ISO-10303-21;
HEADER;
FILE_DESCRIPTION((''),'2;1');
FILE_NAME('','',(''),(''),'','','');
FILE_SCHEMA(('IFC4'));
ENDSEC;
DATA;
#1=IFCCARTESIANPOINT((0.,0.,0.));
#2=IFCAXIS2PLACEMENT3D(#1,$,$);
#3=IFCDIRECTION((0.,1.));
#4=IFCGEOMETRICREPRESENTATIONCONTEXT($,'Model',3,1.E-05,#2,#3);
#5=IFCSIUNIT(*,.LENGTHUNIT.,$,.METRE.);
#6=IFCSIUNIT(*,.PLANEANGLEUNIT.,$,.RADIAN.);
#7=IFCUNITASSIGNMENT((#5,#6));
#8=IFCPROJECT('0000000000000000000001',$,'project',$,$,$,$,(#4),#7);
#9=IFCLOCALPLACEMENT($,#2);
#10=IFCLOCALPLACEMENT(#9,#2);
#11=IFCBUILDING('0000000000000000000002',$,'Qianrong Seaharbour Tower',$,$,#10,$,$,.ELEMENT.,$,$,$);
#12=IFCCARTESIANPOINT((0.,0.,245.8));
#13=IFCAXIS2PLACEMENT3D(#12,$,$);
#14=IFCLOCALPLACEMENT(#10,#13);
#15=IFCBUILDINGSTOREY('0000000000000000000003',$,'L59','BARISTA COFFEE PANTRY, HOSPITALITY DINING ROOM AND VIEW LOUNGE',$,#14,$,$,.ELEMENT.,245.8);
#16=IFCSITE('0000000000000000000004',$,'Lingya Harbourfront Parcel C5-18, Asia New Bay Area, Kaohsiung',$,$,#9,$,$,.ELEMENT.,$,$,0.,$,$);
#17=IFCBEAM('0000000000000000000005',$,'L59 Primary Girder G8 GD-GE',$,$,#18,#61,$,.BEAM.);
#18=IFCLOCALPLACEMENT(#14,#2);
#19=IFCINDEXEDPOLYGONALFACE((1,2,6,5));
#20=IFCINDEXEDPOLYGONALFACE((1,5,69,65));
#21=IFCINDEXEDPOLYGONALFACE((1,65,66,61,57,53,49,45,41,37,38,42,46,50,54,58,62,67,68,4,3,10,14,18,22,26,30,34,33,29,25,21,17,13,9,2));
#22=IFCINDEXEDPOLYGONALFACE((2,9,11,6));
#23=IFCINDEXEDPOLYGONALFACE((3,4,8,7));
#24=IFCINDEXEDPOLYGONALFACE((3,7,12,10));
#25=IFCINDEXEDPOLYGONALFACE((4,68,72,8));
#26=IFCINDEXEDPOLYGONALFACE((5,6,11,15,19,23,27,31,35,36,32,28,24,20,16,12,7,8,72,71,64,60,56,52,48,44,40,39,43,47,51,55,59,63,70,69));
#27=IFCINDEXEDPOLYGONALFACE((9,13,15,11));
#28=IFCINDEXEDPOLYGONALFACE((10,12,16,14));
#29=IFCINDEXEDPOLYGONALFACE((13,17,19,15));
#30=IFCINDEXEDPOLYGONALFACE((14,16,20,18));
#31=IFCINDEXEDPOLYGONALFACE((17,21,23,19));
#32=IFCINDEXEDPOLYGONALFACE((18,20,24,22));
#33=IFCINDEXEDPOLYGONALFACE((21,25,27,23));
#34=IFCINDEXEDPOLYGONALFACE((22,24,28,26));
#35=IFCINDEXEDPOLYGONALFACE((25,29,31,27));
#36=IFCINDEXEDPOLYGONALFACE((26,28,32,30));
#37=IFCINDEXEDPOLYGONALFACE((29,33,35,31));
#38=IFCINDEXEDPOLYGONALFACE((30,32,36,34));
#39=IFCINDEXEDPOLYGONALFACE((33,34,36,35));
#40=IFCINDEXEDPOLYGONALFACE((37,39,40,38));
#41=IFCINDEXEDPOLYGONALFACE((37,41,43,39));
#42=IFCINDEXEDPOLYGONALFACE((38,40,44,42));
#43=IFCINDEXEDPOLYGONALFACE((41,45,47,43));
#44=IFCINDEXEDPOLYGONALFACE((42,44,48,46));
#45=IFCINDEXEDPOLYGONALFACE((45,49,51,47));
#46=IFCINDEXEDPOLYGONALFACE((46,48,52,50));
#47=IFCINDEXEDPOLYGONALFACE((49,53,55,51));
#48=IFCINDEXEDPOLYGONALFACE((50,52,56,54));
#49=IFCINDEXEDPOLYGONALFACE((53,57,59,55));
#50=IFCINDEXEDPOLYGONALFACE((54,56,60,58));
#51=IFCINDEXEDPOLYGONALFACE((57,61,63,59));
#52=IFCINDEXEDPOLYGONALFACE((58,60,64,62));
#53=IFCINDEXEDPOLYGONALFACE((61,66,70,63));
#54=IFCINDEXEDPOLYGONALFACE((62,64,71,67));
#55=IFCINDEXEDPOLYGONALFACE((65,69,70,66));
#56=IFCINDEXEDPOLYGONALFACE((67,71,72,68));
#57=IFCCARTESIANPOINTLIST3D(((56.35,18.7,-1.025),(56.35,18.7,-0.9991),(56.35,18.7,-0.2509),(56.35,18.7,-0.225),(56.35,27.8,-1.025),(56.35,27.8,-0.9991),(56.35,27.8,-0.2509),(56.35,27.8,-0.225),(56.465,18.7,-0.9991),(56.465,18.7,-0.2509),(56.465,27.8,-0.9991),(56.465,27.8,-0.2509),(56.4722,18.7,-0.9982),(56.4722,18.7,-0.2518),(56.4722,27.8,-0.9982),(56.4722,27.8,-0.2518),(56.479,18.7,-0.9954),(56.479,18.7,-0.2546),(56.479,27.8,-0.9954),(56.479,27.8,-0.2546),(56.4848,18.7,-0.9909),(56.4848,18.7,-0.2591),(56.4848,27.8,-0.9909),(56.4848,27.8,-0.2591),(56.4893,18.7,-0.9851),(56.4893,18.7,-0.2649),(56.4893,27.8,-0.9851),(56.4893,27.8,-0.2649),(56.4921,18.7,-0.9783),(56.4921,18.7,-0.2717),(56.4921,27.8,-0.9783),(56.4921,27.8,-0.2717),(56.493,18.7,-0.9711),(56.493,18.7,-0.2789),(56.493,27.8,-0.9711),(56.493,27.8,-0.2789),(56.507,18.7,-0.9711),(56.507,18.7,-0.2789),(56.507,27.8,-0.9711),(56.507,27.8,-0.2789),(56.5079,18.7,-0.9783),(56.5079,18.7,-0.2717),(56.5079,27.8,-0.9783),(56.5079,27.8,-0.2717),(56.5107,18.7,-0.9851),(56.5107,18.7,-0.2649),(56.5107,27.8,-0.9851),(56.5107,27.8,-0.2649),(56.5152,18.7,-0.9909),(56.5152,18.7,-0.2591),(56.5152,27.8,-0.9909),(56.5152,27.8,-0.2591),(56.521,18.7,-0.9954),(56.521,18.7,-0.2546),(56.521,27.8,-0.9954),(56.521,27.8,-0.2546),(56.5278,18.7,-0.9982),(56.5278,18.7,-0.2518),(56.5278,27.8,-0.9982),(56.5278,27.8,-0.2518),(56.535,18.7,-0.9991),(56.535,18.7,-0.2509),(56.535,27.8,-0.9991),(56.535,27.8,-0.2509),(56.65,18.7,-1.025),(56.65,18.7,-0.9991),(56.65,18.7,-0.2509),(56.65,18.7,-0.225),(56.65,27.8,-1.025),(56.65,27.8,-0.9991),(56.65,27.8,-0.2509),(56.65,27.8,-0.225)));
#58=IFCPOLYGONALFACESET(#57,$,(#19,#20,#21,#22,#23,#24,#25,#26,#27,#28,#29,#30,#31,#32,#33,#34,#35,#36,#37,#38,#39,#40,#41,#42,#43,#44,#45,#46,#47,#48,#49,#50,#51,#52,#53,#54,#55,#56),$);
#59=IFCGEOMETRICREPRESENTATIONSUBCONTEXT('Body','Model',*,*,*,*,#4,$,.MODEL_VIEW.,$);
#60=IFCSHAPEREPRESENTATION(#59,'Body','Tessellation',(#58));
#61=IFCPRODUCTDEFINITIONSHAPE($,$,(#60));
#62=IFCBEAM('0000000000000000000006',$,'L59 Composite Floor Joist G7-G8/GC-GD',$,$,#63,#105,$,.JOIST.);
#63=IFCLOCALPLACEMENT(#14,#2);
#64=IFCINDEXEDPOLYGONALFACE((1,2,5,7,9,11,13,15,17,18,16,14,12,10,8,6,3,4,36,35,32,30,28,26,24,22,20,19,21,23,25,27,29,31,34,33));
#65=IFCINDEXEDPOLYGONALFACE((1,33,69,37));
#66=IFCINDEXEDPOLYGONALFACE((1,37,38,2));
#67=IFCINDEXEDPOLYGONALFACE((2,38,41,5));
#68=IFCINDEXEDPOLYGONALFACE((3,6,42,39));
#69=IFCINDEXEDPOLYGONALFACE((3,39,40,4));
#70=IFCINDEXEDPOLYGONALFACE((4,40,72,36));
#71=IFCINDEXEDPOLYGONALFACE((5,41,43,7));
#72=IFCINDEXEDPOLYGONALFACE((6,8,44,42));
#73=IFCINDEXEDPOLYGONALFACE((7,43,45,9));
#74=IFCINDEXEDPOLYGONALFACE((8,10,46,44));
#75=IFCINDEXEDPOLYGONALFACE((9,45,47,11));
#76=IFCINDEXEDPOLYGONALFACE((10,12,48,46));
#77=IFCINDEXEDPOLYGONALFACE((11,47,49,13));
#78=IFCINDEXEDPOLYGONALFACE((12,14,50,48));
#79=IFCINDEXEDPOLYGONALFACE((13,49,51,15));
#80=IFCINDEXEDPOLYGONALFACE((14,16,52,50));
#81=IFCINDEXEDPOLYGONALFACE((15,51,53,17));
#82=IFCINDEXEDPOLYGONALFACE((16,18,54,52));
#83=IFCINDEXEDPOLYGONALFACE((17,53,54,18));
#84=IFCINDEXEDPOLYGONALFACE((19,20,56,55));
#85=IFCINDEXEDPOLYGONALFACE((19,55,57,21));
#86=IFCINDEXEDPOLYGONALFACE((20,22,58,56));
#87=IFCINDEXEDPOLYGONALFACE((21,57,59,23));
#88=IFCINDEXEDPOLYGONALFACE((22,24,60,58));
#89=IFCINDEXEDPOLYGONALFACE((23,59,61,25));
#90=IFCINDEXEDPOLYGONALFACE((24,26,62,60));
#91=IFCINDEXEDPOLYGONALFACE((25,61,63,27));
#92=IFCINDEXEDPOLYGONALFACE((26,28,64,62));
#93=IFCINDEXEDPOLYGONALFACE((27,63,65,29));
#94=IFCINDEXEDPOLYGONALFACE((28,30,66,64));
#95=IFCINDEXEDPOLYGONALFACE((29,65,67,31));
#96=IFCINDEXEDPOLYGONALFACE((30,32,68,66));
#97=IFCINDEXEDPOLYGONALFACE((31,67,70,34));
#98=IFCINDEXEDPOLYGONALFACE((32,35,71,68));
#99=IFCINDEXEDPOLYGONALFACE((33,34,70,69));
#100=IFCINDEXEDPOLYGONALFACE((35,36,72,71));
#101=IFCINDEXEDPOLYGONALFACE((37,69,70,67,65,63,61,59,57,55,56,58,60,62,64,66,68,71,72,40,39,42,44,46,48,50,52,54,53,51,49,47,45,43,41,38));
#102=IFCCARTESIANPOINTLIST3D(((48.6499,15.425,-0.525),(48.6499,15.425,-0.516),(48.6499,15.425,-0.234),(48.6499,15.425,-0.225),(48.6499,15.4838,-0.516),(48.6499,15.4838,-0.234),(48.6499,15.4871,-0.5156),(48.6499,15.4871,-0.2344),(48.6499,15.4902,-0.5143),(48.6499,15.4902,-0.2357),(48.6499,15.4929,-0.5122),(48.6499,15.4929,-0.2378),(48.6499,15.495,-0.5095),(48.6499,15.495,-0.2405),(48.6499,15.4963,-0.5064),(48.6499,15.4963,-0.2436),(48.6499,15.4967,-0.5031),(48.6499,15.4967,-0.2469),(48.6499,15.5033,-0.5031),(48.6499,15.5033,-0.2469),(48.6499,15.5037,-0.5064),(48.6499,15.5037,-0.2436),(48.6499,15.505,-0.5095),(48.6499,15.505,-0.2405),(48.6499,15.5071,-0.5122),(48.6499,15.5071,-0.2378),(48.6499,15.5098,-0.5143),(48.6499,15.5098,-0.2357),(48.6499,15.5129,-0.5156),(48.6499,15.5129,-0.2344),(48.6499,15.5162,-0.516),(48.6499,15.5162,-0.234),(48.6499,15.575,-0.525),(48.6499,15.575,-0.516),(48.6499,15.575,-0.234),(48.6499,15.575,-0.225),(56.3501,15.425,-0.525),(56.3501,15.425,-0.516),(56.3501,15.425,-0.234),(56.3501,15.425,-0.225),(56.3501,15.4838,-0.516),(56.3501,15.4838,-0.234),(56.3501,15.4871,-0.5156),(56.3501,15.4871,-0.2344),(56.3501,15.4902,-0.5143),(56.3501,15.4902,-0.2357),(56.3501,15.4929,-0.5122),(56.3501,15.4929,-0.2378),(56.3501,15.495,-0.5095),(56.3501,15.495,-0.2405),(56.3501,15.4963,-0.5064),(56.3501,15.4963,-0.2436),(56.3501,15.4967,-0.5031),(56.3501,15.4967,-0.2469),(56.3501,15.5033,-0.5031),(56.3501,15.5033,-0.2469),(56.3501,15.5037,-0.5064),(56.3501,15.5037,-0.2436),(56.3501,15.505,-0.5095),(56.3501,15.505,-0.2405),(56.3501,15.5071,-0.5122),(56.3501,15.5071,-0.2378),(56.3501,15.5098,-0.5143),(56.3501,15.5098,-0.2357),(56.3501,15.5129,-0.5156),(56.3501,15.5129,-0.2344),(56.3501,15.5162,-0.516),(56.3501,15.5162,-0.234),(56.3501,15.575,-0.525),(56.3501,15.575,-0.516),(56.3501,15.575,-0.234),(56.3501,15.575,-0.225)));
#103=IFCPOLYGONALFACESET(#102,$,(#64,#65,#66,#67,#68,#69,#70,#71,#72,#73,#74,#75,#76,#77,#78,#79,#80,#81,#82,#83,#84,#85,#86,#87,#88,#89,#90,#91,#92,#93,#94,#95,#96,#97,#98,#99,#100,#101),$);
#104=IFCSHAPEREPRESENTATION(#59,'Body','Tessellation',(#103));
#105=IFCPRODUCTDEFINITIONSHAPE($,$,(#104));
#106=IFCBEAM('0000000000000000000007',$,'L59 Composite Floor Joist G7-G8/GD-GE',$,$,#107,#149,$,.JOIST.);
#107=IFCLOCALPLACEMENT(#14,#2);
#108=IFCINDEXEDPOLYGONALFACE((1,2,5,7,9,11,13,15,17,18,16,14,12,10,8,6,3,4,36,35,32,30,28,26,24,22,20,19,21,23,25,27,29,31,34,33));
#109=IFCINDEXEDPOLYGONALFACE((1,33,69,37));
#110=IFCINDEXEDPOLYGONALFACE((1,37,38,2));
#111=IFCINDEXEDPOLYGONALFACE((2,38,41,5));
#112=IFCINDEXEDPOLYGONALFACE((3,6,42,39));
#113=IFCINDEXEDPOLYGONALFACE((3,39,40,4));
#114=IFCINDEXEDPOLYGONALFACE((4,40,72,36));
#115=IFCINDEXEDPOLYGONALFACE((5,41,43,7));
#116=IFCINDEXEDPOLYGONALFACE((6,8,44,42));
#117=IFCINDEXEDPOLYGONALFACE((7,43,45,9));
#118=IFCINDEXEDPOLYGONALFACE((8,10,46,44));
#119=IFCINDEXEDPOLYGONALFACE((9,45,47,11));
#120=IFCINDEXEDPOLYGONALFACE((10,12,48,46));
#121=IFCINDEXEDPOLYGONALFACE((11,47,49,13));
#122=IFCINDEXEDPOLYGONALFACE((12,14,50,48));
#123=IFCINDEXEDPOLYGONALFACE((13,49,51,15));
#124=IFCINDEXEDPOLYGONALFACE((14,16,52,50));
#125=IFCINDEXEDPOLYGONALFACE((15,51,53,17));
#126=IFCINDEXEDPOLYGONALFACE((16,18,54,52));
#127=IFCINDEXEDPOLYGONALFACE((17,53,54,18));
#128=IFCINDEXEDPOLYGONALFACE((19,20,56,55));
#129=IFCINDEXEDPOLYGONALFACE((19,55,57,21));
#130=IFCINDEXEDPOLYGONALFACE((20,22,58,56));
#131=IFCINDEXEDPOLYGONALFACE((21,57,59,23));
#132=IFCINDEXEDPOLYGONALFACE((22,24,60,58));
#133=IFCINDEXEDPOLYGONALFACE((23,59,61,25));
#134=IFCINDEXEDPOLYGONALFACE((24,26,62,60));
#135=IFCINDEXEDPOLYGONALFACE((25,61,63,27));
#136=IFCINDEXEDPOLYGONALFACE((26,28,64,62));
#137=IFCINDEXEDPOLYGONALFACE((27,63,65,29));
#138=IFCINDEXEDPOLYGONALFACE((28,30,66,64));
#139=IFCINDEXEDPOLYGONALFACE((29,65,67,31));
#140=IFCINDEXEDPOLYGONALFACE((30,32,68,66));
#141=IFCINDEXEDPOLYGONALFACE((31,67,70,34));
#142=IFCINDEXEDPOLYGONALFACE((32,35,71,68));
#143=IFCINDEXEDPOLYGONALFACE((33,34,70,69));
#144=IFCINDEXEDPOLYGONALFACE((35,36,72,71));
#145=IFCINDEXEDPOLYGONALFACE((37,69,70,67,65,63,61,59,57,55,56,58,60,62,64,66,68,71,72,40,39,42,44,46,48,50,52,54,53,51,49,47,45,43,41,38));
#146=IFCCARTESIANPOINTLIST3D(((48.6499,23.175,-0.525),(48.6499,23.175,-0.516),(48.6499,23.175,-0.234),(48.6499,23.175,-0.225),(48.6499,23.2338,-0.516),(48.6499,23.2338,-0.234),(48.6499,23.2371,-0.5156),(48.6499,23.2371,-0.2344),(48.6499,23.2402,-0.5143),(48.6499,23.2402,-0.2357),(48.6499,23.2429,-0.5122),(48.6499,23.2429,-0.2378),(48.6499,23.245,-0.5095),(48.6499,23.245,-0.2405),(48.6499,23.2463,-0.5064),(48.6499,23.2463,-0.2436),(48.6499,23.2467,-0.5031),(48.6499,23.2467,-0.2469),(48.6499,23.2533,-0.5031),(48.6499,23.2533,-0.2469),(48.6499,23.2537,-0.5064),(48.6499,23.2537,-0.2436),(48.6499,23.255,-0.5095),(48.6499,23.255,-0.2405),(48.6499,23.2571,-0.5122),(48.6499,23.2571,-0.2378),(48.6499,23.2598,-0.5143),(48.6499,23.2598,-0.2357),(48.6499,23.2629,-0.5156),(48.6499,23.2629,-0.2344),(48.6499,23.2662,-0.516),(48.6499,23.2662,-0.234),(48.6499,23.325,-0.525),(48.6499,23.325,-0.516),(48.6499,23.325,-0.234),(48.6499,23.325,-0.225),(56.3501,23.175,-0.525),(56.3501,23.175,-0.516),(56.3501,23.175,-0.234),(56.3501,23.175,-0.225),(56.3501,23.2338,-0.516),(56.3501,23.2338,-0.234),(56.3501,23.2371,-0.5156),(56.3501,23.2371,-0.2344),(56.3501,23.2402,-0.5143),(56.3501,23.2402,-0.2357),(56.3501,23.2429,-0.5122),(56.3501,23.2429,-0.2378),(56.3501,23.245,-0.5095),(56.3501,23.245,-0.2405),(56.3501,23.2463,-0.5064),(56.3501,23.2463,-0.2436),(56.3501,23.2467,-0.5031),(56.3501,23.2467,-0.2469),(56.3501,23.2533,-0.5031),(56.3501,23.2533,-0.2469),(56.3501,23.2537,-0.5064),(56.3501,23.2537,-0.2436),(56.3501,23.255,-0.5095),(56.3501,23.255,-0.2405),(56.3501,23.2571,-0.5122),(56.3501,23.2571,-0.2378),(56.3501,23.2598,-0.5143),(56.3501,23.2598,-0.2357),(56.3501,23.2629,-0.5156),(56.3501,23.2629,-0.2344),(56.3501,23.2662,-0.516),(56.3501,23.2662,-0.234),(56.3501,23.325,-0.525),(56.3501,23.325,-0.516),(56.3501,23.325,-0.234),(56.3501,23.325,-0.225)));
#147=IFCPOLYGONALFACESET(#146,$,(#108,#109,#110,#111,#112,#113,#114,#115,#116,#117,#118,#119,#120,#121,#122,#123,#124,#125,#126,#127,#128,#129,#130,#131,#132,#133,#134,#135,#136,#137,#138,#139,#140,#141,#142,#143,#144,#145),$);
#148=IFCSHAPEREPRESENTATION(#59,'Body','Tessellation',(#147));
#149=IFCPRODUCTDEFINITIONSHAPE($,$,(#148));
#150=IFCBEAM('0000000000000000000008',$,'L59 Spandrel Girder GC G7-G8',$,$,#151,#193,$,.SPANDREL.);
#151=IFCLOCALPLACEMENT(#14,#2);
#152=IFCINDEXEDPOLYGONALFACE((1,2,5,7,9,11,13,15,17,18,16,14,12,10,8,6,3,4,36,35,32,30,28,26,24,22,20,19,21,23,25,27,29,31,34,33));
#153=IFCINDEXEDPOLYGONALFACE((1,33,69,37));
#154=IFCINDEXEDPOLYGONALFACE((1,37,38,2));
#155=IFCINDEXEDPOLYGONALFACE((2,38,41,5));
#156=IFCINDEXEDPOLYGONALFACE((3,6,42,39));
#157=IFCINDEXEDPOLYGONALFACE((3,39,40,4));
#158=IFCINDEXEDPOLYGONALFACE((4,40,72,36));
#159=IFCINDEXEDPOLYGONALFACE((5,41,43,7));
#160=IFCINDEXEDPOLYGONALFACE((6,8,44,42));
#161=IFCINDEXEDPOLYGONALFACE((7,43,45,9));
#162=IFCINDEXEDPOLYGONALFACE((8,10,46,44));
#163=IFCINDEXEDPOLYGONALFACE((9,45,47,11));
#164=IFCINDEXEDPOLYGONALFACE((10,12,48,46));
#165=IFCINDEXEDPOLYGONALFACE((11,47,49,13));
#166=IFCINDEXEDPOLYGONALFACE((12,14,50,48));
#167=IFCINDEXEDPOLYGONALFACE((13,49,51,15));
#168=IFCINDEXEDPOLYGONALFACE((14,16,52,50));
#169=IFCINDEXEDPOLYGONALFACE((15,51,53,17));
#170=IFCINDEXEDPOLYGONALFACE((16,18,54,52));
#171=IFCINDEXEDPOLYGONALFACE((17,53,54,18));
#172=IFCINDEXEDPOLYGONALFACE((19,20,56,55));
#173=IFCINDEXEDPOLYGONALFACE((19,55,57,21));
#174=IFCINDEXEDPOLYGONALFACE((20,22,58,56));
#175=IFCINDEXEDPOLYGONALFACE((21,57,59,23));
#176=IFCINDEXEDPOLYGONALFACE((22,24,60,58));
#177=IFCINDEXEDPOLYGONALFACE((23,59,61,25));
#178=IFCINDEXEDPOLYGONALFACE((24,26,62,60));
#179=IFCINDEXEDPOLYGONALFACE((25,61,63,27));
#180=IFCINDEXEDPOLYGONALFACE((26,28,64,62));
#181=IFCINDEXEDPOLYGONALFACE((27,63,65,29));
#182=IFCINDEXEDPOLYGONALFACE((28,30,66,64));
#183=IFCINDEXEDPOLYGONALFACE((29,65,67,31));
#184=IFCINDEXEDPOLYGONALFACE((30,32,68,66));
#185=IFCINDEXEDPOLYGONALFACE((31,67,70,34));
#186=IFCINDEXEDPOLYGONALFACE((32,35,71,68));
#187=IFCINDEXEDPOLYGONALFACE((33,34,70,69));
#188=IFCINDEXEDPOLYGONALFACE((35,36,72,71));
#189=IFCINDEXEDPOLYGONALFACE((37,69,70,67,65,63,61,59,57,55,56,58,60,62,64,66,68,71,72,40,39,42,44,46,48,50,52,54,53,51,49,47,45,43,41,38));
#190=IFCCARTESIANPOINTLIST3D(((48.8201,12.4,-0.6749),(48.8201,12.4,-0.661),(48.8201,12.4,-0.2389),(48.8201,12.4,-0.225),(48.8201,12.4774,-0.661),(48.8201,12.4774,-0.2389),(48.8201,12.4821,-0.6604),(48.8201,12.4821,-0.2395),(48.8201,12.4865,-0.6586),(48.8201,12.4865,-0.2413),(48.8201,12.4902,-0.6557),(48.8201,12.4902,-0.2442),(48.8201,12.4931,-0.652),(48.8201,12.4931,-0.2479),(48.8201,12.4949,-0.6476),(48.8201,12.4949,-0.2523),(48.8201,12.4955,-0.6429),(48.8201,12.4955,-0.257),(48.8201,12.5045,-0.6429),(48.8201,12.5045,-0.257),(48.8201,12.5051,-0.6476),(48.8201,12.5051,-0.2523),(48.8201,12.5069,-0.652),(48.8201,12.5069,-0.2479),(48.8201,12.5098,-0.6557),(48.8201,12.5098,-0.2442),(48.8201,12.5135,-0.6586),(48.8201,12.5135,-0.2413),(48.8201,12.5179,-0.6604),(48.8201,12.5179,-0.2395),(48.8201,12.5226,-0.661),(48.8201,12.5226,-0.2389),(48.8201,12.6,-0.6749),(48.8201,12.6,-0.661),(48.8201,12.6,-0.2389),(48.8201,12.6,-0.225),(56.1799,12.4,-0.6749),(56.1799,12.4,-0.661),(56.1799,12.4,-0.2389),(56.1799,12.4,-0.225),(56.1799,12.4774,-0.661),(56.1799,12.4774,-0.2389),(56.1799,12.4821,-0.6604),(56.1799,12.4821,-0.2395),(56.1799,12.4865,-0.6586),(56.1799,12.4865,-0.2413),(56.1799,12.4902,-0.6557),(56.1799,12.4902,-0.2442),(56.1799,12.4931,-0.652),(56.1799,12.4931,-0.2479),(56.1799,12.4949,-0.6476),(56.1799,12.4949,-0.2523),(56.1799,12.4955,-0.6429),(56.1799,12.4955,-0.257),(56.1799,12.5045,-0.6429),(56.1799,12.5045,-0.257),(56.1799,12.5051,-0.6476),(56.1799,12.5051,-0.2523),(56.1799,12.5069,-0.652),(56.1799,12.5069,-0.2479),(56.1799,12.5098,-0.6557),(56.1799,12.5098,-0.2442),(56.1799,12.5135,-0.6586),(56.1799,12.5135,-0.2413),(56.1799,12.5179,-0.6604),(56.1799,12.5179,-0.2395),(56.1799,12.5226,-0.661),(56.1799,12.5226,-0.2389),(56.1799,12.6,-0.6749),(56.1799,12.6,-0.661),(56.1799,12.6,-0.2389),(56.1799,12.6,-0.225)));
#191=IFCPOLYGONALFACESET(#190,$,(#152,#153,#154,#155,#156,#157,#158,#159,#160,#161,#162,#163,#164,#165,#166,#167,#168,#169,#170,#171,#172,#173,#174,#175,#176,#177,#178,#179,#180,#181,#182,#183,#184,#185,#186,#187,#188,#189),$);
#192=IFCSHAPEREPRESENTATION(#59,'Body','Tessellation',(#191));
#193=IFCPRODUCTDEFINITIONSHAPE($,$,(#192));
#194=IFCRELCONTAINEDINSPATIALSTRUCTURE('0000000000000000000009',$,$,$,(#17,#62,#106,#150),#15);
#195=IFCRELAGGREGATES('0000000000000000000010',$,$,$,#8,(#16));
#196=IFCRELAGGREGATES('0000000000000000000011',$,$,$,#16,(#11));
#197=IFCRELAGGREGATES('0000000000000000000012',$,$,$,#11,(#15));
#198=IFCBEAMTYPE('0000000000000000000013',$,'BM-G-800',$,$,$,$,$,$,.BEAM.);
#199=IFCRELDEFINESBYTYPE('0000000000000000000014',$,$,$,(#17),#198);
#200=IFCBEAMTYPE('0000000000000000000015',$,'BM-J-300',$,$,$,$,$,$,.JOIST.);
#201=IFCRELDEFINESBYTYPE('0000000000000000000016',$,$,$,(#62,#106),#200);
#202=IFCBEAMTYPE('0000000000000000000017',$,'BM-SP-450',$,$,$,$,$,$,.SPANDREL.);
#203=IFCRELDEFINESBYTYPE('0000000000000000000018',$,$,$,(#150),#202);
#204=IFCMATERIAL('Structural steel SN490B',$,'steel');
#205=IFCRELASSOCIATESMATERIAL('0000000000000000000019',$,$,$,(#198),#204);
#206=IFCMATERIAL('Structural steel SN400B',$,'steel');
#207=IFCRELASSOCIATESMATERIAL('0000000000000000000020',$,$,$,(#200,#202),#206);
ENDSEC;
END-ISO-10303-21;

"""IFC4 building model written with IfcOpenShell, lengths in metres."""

from ifc_helpers import new_model, si_unit, direction, frame, origin, origin_2d, place, context, subcontext, project, spatial, i_section, extrude, material, material_profile, profile_set, type_object, element, save


model = new_model("IFC4")

# Units and contexts
model_context = context("Model", 3, precision=1e-05, world=origin(), true_north=direction((0.0, 1.0)))
body_context = subcontext(model_context, "Body", "Model", "MODEL_VIEW")
ifc_project = project(units=[si_unit("LENGTHUNIT", "METRE"), si_unit("PLANEANGLEUNIT", "RADIAN")], contexts=[model_context])

# Site, building, storey
site_placement = place(None, origin())
site = spatial("IfcSite", under=ifc_project, at=site_placement, Name="Lingya Harbourfront Parcel C5-18, Asia New Bay Area, Kaohsiung", CompositionType="ELEMENT", RefElevation=0.0)
building_placement = place(site_placement, origin())
building = spatial("IfcBuilding", under=site, at=building_placement, Name="Qianrong Seaharbour Tower", CompositionType="ELEMENT")
storey_placement = place(building_placement, frame((0.0, 0.0, 245.8)))
storey = spatial("IfcBuildingStorey", under=building, at=storey_placement, Name="L59", Description="BARISTA COFFEE PANTRY, HOSPITALITY DINING ROOM AND VIEW LOUNGE", CompositionType="ELEMENT", Elevation=245.8)

# Shared definitions
ifc_material_1 = material(Name="Structural steel SN490B", Category="steel")

# Beams
ifc_material_profile_1 = material_profile(ifc_material_1, i_section(OverallWidth=0.3, OverallDepth=0.8, WebThickness=0.0139, FlangeThickness=0.0259, FilletRadius=0.0281, at=origin_2d()), Name="H800x300x14x26")
ifc_profile_set_1 = profile_set([ifc_material_profile_1], Name="Structural steel SN490B")
beam_type_1 = type_object("IfcBeamType", Name="BM-G-800", PredefinedType="BEAM", material=ifc_profile_set_1)
for number, where, z_axis, x_axis, name in (
    (1, (56.5, 18.7, -0.625), (0.0, 1.0, 0.0), (-1.0, 0.0, 0.0), "L59 Primary Girder G8 GD-GE"),
):
    element("IfcBeam", number, at=place(storey_placement, frame(where, z_axis=z_axis, x_axis=x_axis)), inside=storey, type_object=beam_type_1, Name=name, PredefinedType="BEAM", context=body_context, shape_type="SweptSolid", body=[
        extrude(i_section(OverallWidth=0.3, OverallDepth=0.8, WebThickness=0.0139, FlangeThickness=0.0259, FilletRadius=0.0281, at=origin_2d()), origin(), (0.0, 0.0, 1.0), 9.1001),
    ])
ifc_material_2 = material(Name="Structural steel SN400B", Category="steel")
ifc_material_profile_2 = material_profile(ifc_material_2, i_section(OverallWidth=0.1499, OverallDepth=0.3, WebThickness=0.0066, FlangeThickness=0.009, FilletRadius=0.0129, at=origin_2d()), Name="H300x150x6.5x9")
ifc_profile_set_2 = profile_set([ifc_material_profile_2], Name="Structural steel SN400B")
beam_type_2 = type_object("IfcBeamType", Name="BM-J-300", PredefinedType="JOIST", material=ifc_profile_set_2)
for number, where, z_axis, x_axis, name in (
    (2, (48.6499, 15.5, -0.375), (1.0, 0.0, 0.0), (0.0, 1.0, 0.0), "L59 Composite Floor Joist G7-G8/GC-GD"),
    (3, (48.6499, 23.25, -0.375), (1.0, 0.0, 0.0), (0.0, 1.0, 0.0), "L59 Composite Floor Joist G7-G8/GD-GE"),
):
    element("IfcBeam", number, at=place(storey_placement, frame(where, z_axis=z_axis, x_axis=x_axis)), inside=storey, type_object=beam_type_2, Name=name, PredefinedType="JOIST", context=body_context, shape_type="SweptSolid", body=[
        extrude(i_section(OverallWidth=0.1499, OverallDepth=0.3, WebThickness=0.0066, FlangeThickness=0.009, FilletRadius=0.0129, at=origin_2d()), origin(), (0.0, 0.0, 1.0), 7.7002),
    ])
ifc_material_profile_3 = material_profile(ifc_material_2, i_section(OverallWidth=0.2, OverallDepth=0.45, WebThickness=0.009, FlangeThickness=0.0139, FilletRadius=0.0181, at=origin_2d()), Name="H450x200x9x14")
ifc_profile_set_3 = profile_set([ifc_material_profile_3], Name="Structural steel SN400B")
beam_type_3 = type_object("IfcBeamType", Name="BM-SP-450", PredefinedType="SPANDREL", material=ifc_profile_set_3)
beam_1_placement = place(storey_placement, frame((48.8201, 12.5, -0.45), z_axis=(1.0, 0.0, 0.0), x_axis=(0.0, 1.0, 0.0)))
element("IfcBeam", 4, at=beam_1_placement, inside=storey, type_object=beam_type_3, Name="L59 Spandrel Girder GC G7-G8", PredefinedType="SPANDREL", context=body_context, shape_type="SweptSolid", body=[
    extrude(i_section(OverallWidth=0.2, OverallDepth=0.45, WebThickness=0.009, FlangeThickness=0.0139, FilletRadius=0.0181, at=origin_2d()), origin(), (0.0, 0.0, 1.0), 7.3599),
])

save(model, "model.ifc")
